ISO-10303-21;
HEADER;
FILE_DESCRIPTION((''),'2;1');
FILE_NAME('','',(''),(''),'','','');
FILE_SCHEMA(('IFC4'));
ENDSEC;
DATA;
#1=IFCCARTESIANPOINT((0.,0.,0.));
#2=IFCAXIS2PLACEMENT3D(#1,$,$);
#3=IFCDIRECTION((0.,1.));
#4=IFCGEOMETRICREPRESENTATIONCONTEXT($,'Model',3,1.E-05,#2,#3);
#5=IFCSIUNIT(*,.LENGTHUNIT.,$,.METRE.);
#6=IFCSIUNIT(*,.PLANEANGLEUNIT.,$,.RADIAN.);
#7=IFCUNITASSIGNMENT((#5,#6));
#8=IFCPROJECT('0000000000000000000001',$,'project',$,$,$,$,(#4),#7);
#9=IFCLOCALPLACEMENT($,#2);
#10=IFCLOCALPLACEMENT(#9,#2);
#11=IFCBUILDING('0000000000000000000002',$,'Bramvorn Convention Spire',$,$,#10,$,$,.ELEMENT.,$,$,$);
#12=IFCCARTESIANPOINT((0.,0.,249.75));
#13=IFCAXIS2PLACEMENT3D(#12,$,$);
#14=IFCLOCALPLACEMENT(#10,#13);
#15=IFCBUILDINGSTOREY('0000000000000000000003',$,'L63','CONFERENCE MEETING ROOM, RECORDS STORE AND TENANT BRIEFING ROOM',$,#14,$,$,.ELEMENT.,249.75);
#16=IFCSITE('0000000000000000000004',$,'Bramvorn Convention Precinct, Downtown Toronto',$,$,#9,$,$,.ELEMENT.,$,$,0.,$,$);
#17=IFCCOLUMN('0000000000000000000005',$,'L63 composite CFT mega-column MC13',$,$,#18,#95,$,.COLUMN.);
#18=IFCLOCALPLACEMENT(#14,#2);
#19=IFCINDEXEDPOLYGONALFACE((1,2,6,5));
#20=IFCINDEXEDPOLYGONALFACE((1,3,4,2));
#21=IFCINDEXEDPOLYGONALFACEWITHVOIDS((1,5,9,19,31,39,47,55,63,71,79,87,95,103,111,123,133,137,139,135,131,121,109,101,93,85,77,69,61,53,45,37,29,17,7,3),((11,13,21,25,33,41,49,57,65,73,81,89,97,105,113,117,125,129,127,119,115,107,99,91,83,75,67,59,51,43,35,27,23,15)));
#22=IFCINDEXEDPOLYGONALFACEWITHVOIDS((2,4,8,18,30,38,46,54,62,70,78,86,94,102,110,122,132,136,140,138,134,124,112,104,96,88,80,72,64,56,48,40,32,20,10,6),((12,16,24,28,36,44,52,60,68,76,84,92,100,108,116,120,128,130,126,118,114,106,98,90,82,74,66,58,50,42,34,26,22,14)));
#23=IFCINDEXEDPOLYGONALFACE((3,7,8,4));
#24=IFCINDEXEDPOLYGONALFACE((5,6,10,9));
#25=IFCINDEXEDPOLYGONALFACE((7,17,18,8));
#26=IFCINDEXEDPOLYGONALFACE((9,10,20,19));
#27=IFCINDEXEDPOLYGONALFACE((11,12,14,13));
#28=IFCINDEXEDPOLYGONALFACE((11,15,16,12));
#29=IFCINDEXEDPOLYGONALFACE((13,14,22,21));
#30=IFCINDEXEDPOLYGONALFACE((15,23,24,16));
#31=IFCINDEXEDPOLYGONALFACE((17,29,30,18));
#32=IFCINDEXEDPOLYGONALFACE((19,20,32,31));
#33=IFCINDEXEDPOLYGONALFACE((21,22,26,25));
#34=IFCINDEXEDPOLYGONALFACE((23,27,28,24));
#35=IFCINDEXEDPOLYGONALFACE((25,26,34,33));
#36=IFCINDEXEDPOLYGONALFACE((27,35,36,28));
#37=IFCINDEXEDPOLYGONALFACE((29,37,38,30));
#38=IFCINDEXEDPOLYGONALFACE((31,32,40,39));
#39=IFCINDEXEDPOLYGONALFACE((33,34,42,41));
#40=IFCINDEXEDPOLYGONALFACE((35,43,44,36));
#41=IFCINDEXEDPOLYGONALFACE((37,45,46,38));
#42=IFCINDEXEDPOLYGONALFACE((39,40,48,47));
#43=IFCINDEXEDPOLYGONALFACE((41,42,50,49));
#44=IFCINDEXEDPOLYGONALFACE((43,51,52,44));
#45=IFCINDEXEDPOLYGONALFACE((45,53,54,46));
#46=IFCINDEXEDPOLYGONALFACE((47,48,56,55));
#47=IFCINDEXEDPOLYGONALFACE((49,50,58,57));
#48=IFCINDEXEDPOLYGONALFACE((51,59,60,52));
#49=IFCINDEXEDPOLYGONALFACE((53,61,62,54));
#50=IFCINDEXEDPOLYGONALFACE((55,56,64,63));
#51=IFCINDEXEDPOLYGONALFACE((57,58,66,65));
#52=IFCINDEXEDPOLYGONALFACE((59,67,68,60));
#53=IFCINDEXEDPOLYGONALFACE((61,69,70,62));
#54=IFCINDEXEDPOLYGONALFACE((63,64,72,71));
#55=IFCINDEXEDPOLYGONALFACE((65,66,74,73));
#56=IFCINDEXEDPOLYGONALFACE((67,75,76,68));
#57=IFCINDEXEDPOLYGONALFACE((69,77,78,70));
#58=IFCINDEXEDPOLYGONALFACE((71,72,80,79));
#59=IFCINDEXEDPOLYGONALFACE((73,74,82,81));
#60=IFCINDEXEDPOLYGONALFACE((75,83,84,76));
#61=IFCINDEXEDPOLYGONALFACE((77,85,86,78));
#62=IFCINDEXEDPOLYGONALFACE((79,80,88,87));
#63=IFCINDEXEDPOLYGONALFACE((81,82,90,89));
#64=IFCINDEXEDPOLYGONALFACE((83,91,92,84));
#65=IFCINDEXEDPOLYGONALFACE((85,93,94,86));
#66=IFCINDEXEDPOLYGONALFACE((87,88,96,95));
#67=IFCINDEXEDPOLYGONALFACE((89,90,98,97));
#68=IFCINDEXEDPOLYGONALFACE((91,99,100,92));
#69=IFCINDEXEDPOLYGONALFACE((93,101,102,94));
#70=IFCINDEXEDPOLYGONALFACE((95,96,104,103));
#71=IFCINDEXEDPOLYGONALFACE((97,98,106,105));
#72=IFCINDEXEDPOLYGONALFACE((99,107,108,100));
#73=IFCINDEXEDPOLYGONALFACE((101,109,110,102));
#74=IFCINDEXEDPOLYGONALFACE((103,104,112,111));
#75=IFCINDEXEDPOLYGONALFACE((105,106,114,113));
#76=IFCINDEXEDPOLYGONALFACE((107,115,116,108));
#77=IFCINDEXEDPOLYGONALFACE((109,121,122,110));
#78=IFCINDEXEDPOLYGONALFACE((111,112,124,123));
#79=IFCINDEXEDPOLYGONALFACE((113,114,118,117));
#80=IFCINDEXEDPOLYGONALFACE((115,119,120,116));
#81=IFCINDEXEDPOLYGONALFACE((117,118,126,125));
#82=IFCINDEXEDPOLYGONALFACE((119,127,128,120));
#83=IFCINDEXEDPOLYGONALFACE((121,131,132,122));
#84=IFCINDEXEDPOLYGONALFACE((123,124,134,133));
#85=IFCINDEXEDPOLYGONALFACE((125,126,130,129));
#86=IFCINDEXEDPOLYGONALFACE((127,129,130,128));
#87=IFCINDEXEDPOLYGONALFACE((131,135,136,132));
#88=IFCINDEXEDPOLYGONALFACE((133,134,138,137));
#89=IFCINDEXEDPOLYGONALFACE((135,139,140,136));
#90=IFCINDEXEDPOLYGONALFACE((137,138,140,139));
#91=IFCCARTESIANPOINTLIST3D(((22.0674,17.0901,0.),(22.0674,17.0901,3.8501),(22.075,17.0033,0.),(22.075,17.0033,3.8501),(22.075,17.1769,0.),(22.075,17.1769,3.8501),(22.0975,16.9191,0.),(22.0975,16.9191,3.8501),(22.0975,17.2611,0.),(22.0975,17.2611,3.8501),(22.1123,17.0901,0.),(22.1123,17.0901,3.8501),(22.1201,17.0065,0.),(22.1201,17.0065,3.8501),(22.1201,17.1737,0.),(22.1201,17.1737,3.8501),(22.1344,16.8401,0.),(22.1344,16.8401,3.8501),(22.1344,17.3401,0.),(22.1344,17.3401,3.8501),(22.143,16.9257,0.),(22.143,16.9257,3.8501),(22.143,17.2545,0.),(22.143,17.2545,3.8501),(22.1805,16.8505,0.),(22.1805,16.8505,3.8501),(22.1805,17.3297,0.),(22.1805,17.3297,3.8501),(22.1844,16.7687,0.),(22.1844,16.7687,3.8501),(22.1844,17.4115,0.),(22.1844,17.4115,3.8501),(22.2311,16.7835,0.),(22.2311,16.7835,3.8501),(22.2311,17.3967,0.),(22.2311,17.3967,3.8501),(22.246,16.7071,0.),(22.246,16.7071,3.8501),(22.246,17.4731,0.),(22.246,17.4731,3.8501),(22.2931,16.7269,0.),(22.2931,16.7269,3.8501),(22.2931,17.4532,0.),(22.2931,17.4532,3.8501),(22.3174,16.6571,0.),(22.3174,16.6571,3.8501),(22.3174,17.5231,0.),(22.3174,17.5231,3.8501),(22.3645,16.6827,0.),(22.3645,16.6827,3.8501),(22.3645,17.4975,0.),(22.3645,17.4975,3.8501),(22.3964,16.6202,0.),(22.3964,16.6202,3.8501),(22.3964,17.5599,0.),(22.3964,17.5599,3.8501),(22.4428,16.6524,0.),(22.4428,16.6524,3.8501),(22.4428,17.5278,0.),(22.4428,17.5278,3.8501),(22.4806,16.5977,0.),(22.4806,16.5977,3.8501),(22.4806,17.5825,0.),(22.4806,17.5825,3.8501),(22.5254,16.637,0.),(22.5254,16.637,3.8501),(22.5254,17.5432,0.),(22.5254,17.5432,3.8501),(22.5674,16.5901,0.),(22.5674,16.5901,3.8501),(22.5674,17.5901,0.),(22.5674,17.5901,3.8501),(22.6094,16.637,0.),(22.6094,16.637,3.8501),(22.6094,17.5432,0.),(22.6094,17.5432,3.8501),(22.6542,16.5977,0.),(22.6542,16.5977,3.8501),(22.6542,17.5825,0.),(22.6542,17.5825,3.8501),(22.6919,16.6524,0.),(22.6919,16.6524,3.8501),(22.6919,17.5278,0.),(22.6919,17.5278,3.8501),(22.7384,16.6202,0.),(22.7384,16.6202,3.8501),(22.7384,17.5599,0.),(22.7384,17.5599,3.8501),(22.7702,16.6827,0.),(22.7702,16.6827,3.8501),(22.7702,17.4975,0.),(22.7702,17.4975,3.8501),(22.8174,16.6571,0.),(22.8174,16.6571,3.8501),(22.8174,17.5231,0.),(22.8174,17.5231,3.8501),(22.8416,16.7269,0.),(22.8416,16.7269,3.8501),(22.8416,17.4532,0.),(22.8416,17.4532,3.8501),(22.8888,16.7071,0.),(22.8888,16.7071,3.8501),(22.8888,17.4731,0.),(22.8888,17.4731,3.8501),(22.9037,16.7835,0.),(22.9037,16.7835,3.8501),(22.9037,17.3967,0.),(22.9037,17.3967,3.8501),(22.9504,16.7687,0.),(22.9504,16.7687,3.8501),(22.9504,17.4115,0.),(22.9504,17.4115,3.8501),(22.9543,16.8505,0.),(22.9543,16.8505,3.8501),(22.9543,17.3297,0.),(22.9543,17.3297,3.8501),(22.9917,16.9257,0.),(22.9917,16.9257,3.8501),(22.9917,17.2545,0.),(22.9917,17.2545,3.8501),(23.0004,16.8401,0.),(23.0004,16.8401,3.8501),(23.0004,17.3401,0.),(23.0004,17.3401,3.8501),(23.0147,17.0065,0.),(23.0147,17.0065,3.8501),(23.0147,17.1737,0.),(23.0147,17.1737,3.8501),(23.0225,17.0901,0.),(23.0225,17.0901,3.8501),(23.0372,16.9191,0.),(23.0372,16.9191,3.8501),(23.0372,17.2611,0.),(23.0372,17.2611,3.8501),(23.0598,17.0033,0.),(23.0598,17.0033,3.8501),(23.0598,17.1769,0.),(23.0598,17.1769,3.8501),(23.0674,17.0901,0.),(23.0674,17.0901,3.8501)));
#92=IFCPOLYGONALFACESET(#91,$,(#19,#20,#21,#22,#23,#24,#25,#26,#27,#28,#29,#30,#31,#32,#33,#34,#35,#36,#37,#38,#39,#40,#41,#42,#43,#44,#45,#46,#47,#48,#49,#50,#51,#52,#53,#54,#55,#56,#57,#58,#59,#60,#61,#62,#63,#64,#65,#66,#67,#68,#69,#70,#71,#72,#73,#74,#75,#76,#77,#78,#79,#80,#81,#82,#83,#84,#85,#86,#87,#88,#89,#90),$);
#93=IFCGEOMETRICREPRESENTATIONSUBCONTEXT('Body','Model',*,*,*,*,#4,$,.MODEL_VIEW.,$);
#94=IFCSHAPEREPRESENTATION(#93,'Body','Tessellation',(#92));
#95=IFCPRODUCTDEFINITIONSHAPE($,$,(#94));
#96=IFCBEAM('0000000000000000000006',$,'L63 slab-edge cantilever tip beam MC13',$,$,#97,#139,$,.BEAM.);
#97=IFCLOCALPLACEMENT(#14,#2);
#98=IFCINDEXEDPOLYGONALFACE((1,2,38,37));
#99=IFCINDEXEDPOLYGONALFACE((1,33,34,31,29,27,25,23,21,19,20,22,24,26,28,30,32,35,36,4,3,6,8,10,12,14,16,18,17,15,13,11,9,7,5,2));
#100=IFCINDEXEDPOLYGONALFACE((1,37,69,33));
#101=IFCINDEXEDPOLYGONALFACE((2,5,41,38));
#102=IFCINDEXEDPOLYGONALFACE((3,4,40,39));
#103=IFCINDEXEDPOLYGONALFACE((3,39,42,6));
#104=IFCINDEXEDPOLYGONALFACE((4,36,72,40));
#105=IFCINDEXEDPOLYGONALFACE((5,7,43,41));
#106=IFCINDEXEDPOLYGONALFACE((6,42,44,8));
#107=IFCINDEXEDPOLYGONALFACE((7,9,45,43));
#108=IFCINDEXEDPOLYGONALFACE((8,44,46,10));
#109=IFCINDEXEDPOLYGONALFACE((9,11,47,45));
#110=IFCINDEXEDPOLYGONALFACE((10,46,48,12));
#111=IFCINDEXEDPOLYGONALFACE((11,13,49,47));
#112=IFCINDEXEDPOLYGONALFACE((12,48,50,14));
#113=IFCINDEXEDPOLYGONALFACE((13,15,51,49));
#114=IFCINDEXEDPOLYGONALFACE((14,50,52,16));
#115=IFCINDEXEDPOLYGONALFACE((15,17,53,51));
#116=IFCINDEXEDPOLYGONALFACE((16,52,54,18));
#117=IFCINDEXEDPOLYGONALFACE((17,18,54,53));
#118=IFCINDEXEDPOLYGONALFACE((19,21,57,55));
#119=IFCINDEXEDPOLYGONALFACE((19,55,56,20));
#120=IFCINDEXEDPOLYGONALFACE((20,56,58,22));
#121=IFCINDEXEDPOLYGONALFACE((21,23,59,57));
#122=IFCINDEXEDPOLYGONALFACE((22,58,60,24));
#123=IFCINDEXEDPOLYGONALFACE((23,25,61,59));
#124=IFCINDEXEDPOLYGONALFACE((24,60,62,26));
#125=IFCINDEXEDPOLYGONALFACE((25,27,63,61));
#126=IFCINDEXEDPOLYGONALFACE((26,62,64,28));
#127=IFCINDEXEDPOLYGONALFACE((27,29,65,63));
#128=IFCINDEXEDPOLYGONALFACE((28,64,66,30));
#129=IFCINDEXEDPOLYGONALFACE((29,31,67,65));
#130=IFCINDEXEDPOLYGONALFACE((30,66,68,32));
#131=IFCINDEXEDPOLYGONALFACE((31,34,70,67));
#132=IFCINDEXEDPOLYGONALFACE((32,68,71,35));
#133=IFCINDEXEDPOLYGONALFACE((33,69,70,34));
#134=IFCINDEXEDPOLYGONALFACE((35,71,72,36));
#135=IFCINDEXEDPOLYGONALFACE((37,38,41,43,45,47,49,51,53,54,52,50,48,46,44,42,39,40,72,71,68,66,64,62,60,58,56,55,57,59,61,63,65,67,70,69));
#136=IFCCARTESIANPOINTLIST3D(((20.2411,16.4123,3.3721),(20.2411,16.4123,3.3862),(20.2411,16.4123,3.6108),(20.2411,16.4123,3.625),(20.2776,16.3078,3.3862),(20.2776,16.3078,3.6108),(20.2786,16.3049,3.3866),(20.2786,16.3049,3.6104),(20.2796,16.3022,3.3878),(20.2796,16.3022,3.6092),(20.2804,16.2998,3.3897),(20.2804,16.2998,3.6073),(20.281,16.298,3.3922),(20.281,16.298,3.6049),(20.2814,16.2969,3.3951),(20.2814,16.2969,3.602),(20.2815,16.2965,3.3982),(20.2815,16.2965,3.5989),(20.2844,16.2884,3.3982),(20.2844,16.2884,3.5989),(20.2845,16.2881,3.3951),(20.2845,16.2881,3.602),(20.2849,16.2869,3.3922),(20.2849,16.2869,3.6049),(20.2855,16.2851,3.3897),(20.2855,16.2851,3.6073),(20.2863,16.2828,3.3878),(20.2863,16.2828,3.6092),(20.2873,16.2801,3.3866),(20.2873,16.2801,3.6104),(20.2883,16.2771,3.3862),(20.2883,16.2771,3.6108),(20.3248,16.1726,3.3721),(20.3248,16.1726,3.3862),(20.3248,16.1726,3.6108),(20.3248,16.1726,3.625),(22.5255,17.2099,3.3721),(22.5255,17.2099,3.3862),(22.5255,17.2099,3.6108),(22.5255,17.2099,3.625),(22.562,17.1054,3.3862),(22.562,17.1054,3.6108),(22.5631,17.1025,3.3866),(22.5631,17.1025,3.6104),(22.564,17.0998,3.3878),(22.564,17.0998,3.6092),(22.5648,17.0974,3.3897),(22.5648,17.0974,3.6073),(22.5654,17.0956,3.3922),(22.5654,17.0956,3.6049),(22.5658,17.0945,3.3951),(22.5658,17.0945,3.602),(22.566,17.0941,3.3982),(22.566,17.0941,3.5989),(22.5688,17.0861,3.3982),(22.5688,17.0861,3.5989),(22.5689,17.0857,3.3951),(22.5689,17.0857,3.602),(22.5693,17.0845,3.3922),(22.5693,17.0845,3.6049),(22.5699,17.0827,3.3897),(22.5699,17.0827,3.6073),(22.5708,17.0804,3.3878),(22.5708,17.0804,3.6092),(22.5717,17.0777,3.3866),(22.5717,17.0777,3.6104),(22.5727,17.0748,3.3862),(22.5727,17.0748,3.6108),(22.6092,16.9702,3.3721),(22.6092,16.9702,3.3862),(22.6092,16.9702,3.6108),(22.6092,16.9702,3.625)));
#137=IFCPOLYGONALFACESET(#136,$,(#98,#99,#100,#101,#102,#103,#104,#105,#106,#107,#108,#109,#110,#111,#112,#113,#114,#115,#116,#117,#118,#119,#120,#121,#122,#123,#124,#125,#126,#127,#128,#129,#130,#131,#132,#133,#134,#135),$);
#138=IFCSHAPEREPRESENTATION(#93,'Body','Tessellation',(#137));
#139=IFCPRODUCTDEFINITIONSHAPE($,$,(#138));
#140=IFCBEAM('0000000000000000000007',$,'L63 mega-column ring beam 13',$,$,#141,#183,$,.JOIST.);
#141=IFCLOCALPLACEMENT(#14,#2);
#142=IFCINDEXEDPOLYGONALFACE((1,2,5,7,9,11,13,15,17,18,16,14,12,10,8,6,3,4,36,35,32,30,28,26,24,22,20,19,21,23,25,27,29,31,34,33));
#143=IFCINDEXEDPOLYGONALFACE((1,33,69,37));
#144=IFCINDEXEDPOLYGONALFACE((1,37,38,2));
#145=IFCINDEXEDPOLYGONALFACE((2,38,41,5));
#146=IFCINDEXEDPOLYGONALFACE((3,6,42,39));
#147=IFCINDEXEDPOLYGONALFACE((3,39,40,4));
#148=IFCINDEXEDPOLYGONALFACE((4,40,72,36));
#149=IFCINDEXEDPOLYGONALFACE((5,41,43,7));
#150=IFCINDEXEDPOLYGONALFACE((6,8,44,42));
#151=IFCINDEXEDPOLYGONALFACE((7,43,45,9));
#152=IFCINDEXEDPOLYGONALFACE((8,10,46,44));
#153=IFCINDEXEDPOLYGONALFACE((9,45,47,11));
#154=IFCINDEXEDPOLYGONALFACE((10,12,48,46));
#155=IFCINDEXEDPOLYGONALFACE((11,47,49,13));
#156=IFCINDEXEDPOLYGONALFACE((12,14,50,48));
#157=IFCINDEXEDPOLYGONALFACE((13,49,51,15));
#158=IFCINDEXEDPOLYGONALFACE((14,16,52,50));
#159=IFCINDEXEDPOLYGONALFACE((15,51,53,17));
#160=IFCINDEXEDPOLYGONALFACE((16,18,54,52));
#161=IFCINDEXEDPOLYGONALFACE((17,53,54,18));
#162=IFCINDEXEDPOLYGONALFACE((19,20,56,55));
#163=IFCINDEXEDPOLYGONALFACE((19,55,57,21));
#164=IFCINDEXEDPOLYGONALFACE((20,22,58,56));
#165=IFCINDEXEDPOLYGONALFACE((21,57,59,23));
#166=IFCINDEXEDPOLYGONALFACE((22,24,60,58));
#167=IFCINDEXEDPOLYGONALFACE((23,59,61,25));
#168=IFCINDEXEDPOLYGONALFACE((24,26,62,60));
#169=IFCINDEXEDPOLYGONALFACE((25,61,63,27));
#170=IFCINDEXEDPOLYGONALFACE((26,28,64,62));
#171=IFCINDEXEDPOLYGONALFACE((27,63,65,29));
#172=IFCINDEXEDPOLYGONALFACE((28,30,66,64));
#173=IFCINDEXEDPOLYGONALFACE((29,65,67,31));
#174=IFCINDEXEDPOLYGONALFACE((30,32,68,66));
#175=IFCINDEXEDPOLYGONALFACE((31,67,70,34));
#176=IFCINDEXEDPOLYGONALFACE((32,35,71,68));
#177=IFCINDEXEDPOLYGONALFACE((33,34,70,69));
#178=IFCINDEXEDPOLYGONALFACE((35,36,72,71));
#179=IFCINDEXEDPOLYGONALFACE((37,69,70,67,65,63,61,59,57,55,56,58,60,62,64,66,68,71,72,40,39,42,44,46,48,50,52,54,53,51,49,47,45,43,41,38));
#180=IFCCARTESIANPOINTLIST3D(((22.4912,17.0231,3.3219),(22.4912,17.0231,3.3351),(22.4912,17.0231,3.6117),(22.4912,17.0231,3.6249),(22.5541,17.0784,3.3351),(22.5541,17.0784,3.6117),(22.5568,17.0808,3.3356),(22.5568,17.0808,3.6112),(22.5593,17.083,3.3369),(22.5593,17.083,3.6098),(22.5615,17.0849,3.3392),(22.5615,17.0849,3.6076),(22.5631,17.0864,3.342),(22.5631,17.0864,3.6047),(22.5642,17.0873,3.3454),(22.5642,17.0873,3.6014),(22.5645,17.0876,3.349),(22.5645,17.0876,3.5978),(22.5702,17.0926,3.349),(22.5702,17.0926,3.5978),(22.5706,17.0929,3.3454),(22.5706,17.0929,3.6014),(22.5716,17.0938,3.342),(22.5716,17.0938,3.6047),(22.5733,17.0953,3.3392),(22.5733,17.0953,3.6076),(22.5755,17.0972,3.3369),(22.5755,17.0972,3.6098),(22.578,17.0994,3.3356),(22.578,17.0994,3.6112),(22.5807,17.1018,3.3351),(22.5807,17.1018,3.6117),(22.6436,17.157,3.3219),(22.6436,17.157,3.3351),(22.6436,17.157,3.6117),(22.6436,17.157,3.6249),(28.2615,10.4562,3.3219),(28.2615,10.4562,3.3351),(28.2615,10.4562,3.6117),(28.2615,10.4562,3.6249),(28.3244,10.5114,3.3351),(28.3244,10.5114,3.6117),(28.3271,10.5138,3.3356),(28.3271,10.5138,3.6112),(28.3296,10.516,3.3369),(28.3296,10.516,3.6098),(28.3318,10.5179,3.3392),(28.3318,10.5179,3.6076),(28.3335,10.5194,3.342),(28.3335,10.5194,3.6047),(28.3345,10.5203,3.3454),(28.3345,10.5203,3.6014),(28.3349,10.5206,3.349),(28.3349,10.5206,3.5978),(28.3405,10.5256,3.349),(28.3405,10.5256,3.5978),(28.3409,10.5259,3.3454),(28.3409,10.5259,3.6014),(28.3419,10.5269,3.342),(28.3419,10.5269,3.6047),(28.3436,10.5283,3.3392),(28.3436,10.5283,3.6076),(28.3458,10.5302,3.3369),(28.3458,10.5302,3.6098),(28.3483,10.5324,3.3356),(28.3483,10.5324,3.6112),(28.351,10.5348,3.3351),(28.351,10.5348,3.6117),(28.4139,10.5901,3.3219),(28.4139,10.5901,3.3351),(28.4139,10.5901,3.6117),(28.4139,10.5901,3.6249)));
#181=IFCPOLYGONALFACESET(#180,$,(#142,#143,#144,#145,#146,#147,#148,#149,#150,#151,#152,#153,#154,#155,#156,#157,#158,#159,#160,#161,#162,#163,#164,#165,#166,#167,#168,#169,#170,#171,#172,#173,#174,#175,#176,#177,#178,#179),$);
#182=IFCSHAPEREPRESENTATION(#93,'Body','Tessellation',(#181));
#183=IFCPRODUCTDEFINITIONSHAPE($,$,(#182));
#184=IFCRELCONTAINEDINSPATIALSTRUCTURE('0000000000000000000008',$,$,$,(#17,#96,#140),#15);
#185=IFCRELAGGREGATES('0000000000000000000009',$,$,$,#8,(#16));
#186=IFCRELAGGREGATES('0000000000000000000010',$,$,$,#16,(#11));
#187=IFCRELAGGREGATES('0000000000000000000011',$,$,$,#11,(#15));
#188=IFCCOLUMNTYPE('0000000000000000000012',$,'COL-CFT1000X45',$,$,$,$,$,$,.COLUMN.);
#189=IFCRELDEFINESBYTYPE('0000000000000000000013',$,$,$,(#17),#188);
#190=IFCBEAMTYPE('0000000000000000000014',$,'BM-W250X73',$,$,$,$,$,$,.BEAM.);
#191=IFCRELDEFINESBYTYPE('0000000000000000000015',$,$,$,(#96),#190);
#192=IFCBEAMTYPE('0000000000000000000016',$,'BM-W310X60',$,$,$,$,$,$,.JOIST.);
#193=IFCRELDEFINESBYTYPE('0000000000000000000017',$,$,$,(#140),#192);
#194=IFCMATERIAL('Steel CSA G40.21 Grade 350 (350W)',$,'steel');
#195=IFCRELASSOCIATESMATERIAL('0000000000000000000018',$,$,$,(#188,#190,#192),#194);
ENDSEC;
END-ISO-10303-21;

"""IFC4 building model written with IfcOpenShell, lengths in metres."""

from ifc_helpers import new_model, si_unit, direction, frame, origin, origin_2d, place, context, subcontext, project, spatial, hollow_circle, i_section, extrude, material, material_profile, profile_set, type_object, element, save


model = new_model("IFC4")

# Units and contexts
model_context = context("Model", 3, precision=1e-05, world=origin(), true_north=direction((0.0, 1.0)))
body_context = subcontext(model_context, "Body", "Model", "MODEL_VIEW")
ifc_project = project(units=[si_unit("LENGTHUNIT", "METRE"), si_unit("PLANEANGLEUNIT", "RADIAN")], contexts=[model_context])

# Site, building, storey
site_placement = place(None, origin())
site = spatial("IfcSite", under=ifc_project, at=site_placement, Name="Bramvorn Convention Precinct, Downtown Toronto", CompositionType="ELEMENT", RefElevation=0.0)
building_placement = place(site_placement, origin())
building = spatial("IfcBuilding", under=site, at=building_placement, Name="Bramvorn Convention Spire", CompositionType="ELEMENT")
storey_placement = place(building_placement, frame((0.0, 0.0, 249.75)))
storey = spatial("IfcBuildingStorey", under=building, at=storey_placement, Name="L63", Description="CONFERENCE MEETING ROOM, RECORDS STORE AND TENANT BRIEFING ROOM", CompositionType="ELEMENT", Elevation=249.75)

# Column
ifc_material_1 = material(Name="Steel CSA G40.21 Grade 350 (350W)", Category="steel")
ifc_material_profile_1 = material_profile(ifc_material_1, hollow_circle(Radius=0.5, WallThickness=0.0449, at=origin_2d()))
ifc_profile_set_1 = profile_set([ifc_material_profile_1], Name="Steel CSA G40.21 Grade 350 (350W) - CFT1000X45")
column_type = type_object("IfcColumnType", Name="COL-CFT1000X45", PredefinedType="COLUMN", material=ifc_profile_set_1)
column_placement = place(storey_placement, frame((22.5674, 17.0901, 0.0), z_axis=(0.0, 0.0, 1.0), x_axis=(1.0, 0.0, 0.0)))
element("IfcColumn", 1, at=column_placement, inside=storey, type_object=column_type, Name="L63 composite CFT mega-column MC13", PredefinedType="COLUMN", context=body_context, shape_type="SweptSolid", body=[
    extrude(hollow_circle(Radius=0.5, WallThickness=0.0449, at=origin_2d()), origin(), (0.0, 0.0, 1.0), 3.8501),
])

# Beams
ifc_material_profile_2 = material_profile(ifc_material_1, i_section(OverallWidth=0.2539, OverallDepth=0.2529, WebThickness=0.0085, FlangeThickness=0.0142, FilletRadius=0.012, at=origin_2d()))
ifc_profile_set_2 = profile_set([ifc_material_profile_2], Name="Steel CSA G40.21 Grade 350 (350W) - W250X73")
beam_type_1 = type_object("IfcBeamType", Name="BM-W250X73", PredefinedType="BEAM", material=ifc_profile_set_2)
beam_1_placement = place(storey_placement, frame((22.5674, 17.0901, 3.4985), z_axis=(-0.944108, -0.329636, 0.0), x_axis=(0.329636, -0.944108, 0.0)))
element("IfcBeam", 2, at=beam_1_placement, inside=storey, type_object=beam_type_1, Name="L63 slab-edge cantilever tip beam MC13", PredefinedType="BEAM", context=body_context, shape_type="SweptSolid", body=[
    extrude(i_section(OverallWidth=0.2539, OverallDepth=0.2529, WebThickness=0.0085, FlangeThickness=0.0142, FilletRadius=0.012, at=origin_2d()), origin(), (0.0, 0.0, 1.0), 2.4197),
])
ifc_material_profile_3 = material_profile(ifc_material_1, i_section(OverallWidth=0.2029, OverallDepth=0.303, WebThickness=0.0076, FlangeThickness=0.0132, FilletRadius=0.0139, at=origin_2d()))
ifc_profile_set_3 = profile_set([ifc_material_profile_3], Name="Steel CSA G40.21 Grade 350 (350W) - W310X60")
beam_type_2 = type_object("IfcBeamType", Name="BM-W310X60", PredefinedType="JOIST", material=ifc_profile_set_3)
beam_2_placement = place(storey_placement, frame((22.5674, 17.0901, 3.4734), z_axis=(0.660073, -0.751201, 0.0), x_axis=(0.751201, 0.660073, 0.0)))
element("IfcBeam", 3, at=beam_2_placement, inside=storey, type_object=beam_type_2, Name="L63 mega-column ring beam 13", PredefinedType="JOIST", context=body_context, shape_type="SweptSolid", body=[
    extrude(i_section(OverallWidth=0.2029, OverallDepth=0.303, WebThickness=0.0076, FlangeThickness=0.0132, FilletRadius=0.0139, at=origin_2d()), origin(), (0.0, 0.0, 1.0), 8.7419),
])

save(model, "model.ifc")
